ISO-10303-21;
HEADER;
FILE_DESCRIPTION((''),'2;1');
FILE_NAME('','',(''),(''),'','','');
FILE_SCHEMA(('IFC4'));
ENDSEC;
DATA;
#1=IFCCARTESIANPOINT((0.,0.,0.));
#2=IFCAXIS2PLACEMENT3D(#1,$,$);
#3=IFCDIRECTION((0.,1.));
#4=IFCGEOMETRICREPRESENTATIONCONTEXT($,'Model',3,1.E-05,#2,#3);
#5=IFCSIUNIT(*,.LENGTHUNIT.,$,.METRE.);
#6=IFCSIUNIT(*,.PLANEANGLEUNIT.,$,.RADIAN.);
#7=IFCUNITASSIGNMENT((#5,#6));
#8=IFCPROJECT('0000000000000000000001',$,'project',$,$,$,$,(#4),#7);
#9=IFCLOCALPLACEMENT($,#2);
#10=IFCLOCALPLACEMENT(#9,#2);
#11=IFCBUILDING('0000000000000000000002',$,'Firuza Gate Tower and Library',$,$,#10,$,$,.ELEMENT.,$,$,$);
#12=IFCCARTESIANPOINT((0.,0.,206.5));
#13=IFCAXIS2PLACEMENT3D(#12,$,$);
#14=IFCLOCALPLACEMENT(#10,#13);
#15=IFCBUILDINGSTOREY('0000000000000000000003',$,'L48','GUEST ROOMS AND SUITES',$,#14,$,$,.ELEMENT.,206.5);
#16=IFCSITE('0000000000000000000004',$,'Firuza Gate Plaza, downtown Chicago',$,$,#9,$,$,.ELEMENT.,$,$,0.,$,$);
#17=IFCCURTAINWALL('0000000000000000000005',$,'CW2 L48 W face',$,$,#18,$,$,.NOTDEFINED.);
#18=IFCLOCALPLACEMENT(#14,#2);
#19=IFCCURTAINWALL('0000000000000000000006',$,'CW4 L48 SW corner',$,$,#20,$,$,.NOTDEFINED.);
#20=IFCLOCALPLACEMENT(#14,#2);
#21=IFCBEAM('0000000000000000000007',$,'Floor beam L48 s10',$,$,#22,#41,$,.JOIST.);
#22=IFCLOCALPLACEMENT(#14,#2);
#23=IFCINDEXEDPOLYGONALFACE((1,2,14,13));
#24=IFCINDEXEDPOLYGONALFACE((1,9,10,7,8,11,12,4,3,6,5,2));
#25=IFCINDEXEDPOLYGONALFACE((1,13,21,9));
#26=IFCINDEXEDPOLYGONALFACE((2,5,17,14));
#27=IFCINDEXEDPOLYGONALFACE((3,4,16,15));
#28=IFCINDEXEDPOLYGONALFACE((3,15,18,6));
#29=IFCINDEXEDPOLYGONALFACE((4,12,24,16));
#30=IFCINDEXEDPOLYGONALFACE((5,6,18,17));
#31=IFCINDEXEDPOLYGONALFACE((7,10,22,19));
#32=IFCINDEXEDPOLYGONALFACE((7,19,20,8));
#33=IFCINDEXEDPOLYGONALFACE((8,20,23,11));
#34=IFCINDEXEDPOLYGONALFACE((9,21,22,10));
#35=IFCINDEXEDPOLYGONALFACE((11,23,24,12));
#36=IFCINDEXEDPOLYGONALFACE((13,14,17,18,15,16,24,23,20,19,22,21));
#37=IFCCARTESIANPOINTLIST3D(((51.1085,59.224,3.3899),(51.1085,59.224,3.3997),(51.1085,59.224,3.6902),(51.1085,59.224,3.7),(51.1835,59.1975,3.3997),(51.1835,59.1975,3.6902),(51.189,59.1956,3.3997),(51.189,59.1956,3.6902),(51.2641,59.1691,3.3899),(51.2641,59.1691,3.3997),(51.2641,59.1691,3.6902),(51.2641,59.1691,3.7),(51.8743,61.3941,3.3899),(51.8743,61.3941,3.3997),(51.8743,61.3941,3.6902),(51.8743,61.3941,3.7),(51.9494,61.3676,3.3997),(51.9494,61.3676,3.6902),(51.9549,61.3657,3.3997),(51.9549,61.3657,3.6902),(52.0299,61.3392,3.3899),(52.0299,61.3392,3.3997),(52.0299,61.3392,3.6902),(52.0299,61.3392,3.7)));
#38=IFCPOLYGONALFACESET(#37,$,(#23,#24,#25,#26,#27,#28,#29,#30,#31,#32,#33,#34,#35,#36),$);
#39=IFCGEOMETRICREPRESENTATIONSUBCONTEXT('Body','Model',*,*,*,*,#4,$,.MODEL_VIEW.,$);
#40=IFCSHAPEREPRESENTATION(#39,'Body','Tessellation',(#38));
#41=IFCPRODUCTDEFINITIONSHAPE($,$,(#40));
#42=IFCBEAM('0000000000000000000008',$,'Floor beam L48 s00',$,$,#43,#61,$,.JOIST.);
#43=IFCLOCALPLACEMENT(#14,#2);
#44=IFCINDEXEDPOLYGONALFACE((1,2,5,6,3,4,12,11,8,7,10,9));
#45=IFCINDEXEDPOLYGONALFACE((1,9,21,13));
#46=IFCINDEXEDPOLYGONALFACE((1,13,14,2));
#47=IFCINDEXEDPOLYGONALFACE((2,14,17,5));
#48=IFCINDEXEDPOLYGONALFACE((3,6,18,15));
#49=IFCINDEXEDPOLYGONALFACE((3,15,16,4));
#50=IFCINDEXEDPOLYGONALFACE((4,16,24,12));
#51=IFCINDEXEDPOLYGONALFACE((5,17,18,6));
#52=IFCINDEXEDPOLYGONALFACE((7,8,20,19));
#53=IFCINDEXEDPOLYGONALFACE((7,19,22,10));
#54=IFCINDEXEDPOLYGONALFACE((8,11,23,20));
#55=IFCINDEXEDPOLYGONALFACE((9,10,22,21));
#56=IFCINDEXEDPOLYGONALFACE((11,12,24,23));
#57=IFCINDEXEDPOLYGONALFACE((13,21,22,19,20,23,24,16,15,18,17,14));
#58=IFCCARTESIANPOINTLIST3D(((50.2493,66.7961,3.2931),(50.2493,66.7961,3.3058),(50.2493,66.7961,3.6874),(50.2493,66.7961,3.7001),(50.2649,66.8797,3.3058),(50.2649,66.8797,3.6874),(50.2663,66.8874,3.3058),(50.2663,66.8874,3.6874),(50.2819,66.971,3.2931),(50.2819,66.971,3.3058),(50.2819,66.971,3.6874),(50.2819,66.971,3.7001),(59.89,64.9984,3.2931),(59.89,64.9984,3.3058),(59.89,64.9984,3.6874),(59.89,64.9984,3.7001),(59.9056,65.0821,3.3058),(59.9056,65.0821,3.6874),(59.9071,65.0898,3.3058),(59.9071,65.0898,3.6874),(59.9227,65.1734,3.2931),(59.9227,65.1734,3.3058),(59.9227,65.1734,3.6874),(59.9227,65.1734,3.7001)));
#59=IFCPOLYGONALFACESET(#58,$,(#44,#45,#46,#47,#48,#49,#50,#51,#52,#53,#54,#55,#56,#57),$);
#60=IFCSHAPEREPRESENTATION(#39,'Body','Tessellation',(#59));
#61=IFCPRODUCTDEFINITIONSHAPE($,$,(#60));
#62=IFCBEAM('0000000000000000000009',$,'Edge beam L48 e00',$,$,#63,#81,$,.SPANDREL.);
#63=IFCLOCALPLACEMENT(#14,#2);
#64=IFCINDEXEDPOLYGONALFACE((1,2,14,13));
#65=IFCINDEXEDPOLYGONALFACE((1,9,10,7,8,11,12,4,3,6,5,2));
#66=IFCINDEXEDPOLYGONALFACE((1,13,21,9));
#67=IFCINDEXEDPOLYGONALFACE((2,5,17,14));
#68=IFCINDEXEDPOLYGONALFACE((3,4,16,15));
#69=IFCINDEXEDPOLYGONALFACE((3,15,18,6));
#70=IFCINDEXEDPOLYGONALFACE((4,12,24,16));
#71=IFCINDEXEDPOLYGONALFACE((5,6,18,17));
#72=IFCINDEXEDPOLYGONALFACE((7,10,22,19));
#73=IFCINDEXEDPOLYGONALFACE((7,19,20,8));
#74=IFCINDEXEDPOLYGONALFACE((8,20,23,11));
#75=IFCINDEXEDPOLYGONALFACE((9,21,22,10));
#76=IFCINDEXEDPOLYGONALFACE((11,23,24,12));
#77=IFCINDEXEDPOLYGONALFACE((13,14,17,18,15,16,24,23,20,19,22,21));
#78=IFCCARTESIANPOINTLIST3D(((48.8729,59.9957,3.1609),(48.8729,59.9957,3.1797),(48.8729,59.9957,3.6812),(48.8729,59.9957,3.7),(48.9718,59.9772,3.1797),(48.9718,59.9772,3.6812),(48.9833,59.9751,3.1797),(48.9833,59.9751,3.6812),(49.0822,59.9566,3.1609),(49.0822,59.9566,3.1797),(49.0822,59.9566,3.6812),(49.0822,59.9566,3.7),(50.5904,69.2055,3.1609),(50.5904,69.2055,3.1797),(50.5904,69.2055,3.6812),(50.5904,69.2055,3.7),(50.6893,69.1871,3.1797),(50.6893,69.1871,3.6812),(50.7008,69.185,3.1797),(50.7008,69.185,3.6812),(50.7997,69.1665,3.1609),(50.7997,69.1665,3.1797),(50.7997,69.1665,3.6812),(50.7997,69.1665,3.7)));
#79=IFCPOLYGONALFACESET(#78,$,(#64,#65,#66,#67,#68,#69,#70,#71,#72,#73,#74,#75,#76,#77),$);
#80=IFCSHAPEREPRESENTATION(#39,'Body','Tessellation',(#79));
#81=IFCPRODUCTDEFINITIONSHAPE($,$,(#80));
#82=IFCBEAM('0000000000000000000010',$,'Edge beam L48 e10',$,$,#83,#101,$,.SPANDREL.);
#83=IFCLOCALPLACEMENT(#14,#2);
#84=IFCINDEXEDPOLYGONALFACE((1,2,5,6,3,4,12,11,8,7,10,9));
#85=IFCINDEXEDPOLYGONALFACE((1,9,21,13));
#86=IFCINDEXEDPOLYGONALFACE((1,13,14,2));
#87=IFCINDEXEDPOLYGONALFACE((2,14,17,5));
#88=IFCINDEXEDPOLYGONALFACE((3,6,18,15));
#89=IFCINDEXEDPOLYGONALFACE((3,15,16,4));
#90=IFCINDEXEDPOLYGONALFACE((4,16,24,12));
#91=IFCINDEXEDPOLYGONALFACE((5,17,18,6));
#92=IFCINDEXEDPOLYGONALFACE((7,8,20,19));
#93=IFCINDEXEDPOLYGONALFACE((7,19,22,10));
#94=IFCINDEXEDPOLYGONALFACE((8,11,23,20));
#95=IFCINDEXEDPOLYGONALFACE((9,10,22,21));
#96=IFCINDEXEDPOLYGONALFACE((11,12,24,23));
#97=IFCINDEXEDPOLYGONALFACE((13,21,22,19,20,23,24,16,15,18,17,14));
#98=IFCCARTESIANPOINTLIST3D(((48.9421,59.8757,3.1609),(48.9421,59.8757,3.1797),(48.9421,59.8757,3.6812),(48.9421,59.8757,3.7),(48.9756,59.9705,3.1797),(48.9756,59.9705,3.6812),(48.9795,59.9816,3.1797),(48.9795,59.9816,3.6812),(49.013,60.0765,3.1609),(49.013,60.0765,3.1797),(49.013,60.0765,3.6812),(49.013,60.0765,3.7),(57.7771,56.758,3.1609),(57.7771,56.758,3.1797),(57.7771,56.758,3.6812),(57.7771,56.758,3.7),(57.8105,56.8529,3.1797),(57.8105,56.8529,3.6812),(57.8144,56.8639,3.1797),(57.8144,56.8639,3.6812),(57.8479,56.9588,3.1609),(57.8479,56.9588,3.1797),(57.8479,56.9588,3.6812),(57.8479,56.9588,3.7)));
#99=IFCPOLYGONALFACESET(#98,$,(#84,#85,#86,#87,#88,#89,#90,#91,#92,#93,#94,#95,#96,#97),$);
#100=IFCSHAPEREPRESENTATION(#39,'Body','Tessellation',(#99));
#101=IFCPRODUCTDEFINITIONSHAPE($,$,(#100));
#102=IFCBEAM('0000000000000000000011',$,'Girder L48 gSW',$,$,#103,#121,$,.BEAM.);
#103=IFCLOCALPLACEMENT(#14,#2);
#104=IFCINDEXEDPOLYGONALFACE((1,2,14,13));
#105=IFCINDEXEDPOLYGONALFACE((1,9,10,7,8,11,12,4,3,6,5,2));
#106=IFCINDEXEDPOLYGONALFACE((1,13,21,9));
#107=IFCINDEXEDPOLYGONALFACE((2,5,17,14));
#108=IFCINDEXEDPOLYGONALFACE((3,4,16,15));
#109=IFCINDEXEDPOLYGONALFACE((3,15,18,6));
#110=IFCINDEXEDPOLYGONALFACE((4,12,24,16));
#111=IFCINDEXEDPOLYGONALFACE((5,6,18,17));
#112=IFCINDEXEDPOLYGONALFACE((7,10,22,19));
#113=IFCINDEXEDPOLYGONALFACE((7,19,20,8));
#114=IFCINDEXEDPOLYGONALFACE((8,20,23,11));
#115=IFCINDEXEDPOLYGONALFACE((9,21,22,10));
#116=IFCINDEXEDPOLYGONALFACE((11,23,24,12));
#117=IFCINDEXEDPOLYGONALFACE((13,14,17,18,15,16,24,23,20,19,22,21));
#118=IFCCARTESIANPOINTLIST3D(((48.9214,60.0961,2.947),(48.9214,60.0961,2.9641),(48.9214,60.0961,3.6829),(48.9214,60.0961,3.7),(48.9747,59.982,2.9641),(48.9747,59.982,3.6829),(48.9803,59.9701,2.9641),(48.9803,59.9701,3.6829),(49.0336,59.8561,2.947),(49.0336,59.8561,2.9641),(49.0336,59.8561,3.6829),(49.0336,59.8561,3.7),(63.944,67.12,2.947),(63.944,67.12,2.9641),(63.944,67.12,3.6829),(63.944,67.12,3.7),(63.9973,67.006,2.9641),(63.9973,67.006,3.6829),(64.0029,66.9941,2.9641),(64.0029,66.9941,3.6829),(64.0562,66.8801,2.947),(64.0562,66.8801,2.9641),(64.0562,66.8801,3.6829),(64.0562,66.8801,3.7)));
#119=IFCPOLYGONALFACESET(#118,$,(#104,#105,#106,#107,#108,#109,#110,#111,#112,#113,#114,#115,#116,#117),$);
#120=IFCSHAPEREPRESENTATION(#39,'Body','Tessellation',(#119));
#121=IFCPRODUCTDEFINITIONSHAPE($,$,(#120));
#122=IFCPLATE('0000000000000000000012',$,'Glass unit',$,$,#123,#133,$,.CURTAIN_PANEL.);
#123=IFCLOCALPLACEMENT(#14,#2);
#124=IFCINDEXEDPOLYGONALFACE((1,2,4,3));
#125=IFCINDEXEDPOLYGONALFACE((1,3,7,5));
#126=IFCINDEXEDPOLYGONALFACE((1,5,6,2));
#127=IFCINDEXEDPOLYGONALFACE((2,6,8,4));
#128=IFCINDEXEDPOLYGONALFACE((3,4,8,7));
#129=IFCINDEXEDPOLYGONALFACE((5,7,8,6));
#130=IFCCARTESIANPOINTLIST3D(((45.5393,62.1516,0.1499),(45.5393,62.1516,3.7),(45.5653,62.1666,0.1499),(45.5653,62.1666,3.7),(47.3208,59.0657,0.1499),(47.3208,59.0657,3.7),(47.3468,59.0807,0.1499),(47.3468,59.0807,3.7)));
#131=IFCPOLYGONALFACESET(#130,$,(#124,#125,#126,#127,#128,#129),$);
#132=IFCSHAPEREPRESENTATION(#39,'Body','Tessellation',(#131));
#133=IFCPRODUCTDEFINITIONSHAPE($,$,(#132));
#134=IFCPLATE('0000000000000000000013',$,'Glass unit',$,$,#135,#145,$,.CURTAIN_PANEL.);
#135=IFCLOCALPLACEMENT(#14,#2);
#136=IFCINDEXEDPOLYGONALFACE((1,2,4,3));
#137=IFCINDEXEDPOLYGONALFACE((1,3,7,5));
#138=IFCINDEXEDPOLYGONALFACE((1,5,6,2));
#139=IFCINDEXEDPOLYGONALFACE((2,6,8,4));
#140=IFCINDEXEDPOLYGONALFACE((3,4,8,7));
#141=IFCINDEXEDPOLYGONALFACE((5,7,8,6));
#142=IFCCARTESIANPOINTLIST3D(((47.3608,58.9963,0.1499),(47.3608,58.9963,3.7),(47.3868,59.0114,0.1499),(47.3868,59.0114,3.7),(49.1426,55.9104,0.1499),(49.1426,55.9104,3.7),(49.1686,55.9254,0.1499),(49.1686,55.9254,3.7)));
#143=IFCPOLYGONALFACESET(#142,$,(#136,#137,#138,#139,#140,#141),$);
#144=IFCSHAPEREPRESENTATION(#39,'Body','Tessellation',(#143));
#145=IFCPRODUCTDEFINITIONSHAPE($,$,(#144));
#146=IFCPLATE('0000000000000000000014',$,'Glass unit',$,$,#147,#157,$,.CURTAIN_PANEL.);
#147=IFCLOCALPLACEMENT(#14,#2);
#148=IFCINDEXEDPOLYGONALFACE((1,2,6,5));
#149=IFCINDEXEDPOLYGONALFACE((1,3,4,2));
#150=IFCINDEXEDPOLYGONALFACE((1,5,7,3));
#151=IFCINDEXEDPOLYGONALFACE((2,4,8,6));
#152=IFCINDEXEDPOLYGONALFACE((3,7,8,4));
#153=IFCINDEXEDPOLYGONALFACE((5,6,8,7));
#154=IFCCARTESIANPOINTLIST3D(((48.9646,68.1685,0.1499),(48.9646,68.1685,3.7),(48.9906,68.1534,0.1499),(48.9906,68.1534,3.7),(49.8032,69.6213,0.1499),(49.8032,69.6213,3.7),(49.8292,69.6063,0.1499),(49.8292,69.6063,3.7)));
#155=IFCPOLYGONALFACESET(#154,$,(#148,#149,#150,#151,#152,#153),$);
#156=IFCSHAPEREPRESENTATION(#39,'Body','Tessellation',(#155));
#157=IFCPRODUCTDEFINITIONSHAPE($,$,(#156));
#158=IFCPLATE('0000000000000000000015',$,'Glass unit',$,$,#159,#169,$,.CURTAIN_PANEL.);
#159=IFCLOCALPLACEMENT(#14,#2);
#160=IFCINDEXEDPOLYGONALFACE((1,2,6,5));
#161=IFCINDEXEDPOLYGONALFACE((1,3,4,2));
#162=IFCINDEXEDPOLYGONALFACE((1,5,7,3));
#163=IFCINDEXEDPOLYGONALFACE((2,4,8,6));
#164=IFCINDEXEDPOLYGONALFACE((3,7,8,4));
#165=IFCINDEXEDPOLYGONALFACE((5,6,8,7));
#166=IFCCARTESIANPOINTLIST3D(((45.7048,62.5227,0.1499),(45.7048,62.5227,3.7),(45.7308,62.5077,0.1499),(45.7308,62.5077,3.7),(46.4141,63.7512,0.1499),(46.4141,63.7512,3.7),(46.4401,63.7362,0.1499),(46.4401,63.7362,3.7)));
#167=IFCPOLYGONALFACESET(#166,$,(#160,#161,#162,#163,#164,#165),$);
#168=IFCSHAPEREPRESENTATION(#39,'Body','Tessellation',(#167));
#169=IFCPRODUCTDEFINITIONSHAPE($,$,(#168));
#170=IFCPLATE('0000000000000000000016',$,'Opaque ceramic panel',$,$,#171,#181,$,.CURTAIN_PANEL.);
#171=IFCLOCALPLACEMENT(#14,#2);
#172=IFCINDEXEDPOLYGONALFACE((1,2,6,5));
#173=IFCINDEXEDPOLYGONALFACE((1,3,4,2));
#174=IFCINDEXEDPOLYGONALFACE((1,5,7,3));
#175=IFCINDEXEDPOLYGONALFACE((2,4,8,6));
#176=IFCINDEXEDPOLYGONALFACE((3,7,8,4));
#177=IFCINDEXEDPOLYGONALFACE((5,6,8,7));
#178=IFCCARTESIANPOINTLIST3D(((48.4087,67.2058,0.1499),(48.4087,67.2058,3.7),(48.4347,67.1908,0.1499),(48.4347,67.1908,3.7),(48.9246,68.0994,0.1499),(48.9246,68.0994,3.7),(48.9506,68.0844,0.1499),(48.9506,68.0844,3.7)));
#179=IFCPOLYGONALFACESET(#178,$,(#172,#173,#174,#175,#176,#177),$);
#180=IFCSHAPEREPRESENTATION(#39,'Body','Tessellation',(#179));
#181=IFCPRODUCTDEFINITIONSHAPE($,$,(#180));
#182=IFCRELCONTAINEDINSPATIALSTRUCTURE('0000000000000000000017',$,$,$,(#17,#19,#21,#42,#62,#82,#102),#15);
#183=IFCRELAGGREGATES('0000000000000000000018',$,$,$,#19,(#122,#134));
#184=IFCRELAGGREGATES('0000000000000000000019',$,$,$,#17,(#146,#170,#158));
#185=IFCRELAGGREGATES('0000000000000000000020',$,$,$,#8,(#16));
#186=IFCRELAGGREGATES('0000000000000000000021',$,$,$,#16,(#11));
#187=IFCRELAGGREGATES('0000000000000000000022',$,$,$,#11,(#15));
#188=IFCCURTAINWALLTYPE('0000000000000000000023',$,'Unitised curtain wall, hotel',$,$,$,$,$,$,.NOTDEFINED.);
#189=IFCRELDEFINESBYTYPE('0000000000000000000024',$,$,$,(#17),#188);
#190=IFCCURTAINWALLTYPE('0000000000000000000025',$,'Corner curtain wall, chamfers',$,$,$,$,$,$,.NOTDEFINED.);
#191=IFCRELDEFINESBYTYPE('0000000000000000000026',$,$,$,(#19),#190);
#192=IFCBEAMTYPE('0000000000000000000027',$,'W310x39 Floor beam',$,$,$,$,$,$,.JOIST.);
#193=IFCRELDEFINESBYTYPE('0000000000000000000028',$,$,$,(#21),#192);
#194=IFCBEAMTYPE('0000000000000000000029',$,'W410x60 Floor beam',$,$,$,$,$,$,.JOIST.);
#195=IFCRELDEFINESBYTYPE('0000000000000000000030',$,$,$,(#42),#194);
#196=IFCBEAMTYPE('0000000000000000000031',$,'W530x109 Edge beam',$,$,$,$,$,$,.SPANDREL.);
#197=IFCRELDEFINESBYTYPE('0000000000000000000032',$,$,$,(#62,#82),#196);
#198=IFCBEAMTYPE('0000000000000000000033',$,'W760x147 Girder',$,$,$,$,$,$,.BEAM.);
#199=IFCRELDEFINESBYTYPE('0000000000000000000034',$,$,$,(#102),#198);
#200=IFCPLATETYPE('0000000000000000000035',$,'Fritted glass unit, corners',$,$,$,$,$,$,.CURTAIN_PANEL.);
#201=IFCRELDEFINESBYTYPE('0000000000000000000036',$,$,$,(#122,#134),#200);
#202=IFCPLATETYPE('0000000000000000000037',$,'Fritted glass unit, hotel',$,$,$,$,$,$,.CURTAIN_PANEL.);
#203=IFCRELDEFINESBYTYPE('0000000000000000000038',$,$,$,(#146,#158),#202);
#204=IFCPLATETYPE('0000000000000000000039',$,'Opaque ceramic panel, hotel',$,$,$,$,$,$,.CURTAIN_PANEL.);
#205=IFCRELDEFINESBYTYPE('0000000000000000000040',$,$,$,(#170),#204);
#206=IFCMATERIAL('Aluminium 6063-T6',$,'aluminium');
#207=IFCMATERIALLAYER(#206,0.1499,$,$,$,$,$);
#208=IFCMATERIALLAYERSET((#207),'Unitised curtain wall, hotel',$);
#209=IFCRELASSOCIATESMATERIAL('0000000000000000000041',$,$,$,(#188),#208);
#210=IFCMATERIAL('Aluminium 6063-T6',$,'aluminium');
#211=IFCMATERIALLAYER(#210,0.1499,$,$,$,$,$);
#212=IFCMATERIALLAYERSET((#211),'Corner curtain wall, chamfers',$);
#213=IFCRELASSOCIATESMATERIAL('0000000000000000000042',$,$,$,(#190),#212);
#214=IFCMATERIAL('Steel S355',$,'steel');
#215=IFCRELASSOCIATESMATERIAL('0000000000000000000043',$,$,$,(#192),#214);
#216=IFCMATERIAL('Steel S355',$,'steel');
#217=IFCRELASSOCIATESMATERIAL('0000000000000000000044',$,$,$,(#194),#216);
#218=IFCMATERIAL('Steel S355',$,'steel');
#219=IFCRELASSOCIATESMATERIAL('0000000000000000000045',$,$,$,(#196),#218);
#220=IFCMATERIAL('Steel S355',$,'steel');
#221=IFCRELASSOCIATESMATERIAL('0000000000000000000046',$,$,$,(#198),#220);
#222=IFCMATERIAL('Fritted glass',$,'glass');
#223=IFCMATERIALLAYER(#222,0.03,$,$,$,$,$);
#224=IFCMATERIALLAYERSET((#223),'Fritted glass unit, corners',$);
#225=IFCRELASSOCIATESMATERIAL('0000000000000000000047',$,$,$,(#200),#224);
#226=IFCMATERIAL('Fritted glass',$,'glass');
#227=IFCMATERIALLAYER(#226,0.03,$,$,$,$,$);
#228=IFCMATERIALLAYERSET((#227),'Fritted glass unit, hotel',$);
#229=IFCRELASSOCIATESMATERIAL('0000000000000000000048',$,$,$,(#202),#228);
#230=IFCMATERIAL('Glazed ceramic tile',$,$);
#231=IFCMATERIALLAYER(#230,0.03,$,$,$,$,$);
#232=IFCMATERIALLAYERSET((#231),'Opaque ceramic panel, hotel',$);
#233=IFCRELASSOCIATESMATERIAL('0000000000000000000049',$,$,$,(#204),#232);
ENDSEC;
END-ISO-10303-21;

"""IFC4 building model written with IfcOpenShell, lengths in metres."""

from ifc_helpers import new_model, si_unit, direction, frame, origin, origin_2d, place, context, subcontext, project, spatial, polyline, i_section, outline, extrude, material, layer, layer_set, material_profile, profile_set, type_object, element, aggregate, save


model = new_model("IFC4")

# Units and contexts
model_context = context("Model", 3, precision=1e-05, world=origin(), true_north=direction((0.0, 1.0)))
body_context = subcontext(model_context, "Body", "Model", "MODEL_VIEW")
ifc_project = project(units=[si_unit("LENGTHUNIT", "METRE"), si_unit("PLANEANGLEUNIT", "RADIAN")], contexts=[model_context])

# Site, building, storey
site_placement = place(None, origin())
site = spatial("IfcSite", under=ifc_project, at=site_placement, Name="Firuza Gate Plaza, downtown Chicago", CompositionType="ELEMENT", RefElevation=0.0)
building_placement = place(site_placement, origin())
building = spatial("IfcBuilding", under=site, at=building_placement, Name="Firuza Gate Tower and Library", CompositionType="ELEMENT")
storey_placement = place(building_placement, frame((0.0, 0.0, 206.5)))
storey = spatial("IfcBuildingStorey", under=building, at=storey_placement, Name="L48", Description="GUEST ROOMS AND SUITES", CompositionType="ELEMENT", Elevation=206.5)

# Curtain walls
ifc_material_1 = material(Name="Aluminium 6063-T6", Category="aluminium")
ifc_layer_1 = layer(ifc_material_1, 0.1499)
ifc_layer_set_1 = layer_set([ifc_layer_1], Name="Unitised curtain wall, hotel")
curtain_wall_type_1 = type_object("IfcCurtainWallType", Name="Unitised curtain wall, hotel", PredefinedType="NOTDEFINED", material=ifc_layer_set_1)
placement = place(storey_placement, origin())
curtain_wall_1 = element("IfcCurtainWall", 1, at=placement, inside=storey, type_object=curtain_wall_type_1, Name="CW2 L48 W face", PredefinedType="NOTDEFINED")
ifc_material_2 = material(Name="Aluminium 6063-T6", Category="aluminium")
ifc_layer_2 = layer(ifc_material_2, 0.1499)
ifc_layer_set_2 = layer_set([ifc_layer_2], Name="Corner curtain wall, chamfers")
curtain_wall_type_2 = type_object("IfcCurtainWallType", Name="Corner curtain wall, chamfers", PredefinedType="NOTDEFINED", material=ifc_layer_set_2)
curtain_wall_2 = element("IfcCurtainWall", 2, at=placement, inside=storey, type_object=curtain_wall_type_2, Name="CW4 L48 SW corner", PredefinedType="NOTDEFINED")

# Beams
ifc_material_3 = material(Name="Steel S355", Category="steel")
ifc_material_profile_1 = material_profile(ifc_material_3, i_section(OverallWidth=0.165, OverallDepth=0.3101, WebThickness=0.0059, FlangeThickness=0.0098, at=origin_2d()))
ifc_profile_set_1 = profile_set([ifc_material_profile_1], Name="Steel S355")
beam_type_1 = type_object("IfcBeamType", Name="W310x39 Floor beam", PredefinedType="JOIST", material=ifc_profile_set_1)
beam_1_placement = place(storey_placement, frame((51.1863, 59.1965, 3.5449), z_axis=(0.332792, 0.943, 0.0), x_axis=(-0.943, 0.332792, 0.0)))
element("IfcBeam", 3, at=beam_1_placement, inside=storey, type_object=beam_type_1, Name="Floor beam L48 s10", PredefinedType="JOIST", context=body_context, shape_type="SweptSolid", body=[
    extrude(i_section(OverallWidth=0.165, OverallDepth=0.3101, WebThickness=0.0059, FlangeThickness=0.0098, at=origin_2d()), origin(), (0.0, 0.0, 1.0), 2.3013),
])
ifc_material_4 = material(Name="Steel S355", Category="steel")
ifc_material_profile_2 = material_profile(ifc_material_4, i_section(OverallWidth=0.178, OverallDepth=0.407, WebThickness=0.0078, FlangeThickness=0.0127, at=origin_2d()))
ifc_profile_set_2 = profile_set([ifc_material_profile_2], Name="Steel S355")
beam_type_2 = type_object("IfcBeamType", Name="W410x60 Floor beam", PredefinedType="JOIST", material=ifc_profile_set_2)
beam_2_placement = place(storey_placement, frame((50.2656, 66.8835, 3.4966), z_axis=(0.983057, -0.183302, 0.0), x_axis=(0.183302, 0.983057, 0.0)))
element("IfcBeam", 4, at=beam_2_placement, inside=storey, type_object=beam_type_2, Name="Floor beam L48 s00", PredefinedType="JOIST", context=body_context, shape_type="SweptSolid", body=[
    extrude(i_section(OverallWidth=0.178, OverallDepth=0.407, WebThickness=0.0078, FlangeThickness=0.0127, at=origin_2d()), origin(), (0.0, 0.0, 1.0), 9.8069),
])
ifc_material_5 = material(Name="Steel S355", Category="steel")
ifc_material_profile_3 = material_profile(ifc_material_5, i_section(OverallWidth=0.2129, OverallDepth=0.5391, WebThickness=0.0117, FlangeThickness=0.0188, at=origin_2d()))
ifc_profile_set_3 = profile_set([ifc_material_profile_3], Name="Steel S355")
beam_type_3 = type_object("IfcBeamType", Name="W530x109 Edge beam", PredefinedType="SPANDREL", material=ifc_profile_set_3)
beam_3_placement = place(storey_placement, frame((50.6951, 69.186, 3.4304), z_axis=(-0.183326, -0.983052, 0.0), x_axis=(0.983052, -0.183326, 0.0)))
element("IfcBeam", 5, at=beam_3_placement, inside=storey, type_object=beam_type_3, Name="Edge beam L48 e00", PredefinedType="SPANDREL", context=body_context, shape_type="SweptSolid", body=[
    extrude(i_section(OverallWidth=0.2129, OverallDepth=0.5391, WebThickness=0.0117, FlangeThickness=0.0188, at=origin_2d()), origin(), (0.0, 0.0, 1.0), 9.3687),
])
beam_4_placement = place(storey_placement, frame((48.9775, 59.9761, 3.4304), z_axis=(0.943009, -0.332768, 0.0), x_axis=(0.332768, 0.943009, 0.0)))
element("IfcBeam", 6, at=beam_4_placement, inside=storey, type_object=beam_type_3, Name="Edge beam L48 e10", PredefinedType="SPANDREL", context=body_context, shape_type="SweptSolid", body=[
    extrude(i_section(OverallWidth=0.2129, OverallDepth=0.5391, WebThickness=0.0117, FlangeThickness=0.0188, at=origin_2d()), origin(), (0.0, 0.0, 1.0), 9.3689),
])
ifc_material_6 = material(Name="Steel S355", Category="steel")
ifc_material_profile_4 = material_profile(ifc_material_6, i_section(OverallWidth=0.2649, OverallDepth=0.7529, WebThickness=0.0132, FlangeThickness=0.0171, at=origin_2d()))
ifc_profile_set_4 = profile_set([ifc_material_profile_4], Name="Steel S355")
beam_type_4 = type_object("IfcBeamType", Name="W760x147 Girder", PredefinedType="BEAM", material=ifc_profile_set_4)
beam_5_placement = place(storey_placement, frame((48.9775, 59.9761, 3.3235), z_axis=(0.905872, 0.423551, 0.0), x_axis=(-0.423551, 0.905872, 0.0)))
element("IfcBeam", 7, at=beam_5_placement, inside=storey, type_object=beam_type_4, Name="Girder L48 gSW", PredefinedType="BEAM", context=body_context, shape_type="SweptSolid", body=[
    extrude(i_section(OverallWidth=0.2649, OverallDepth=0.7529, WebThickness=0.0132, FlangeThickness=0.0171, at=origin_2d()), origin(), (0.0, 0.0, 1.0), 16.5835),
])

# Plates
ifc_material_7 = material(Name="Fritted glass", Category="glass")
ifc_layer_3 = layer(ifc_material_7, 0.03)
ifc_layer_set_3 = layer_set([ifc_layer_3], Name="Fritted glass unit, corners")
plate_type_1 = type_object("IfcPlateType", Name="Fritted glass unit, corners", PredefinedType="CURTAIN_PANEL", material=ifc_layer_set_3)
plate_1_placement = place(storey_placement, frame((45.5393, 62.1516, 0.1499), z_axis=(-0.866046, -0.499964, 0.0), x_axis=(0.499964, -0.866046, 0.0)))
plate_1 = element("IfcPlate", 8, at=plate_1_placement, type_object=plate_type_1, Name="Glass unit", PredefinedType="CURTAIN_PANEL", context=body_context, shape_type="SweptSolid", body=[
    extrude(outline(polyline([(0.0, 0.0), (3.5632, 0.0), (3.5632, 3.55), (0.0, 3.55), (0.0, 0.0)])), origin(), (0.0, 0.0, -1.0), 0.03),
])
plate_2_placement = place(storey_placement, frame((47.3608, 58.9963, 0.1499), z_axis=(-0.866017, -0.500015, 0.0), x_axis=(0.500015, -0.866017, 0.0)))
plate_2 = element("IfcPlate", 9, at=plate_2_placement, type_object=plate_type_1, Name="Glass unit", PredefinedType="CURTAIN_PANEL", context=body_context, shape_type="SweptSolid", body=[
    extrude(outline(polyline([(0.0, 0.0), (3.5634, 0.0), (3.5634, 3.55), (0.0, 3.55), (0.0, 0.0)])), origin(), (0.0, 0.0, -1.0), 0.03),
])
aggregate(curtain_wall_2, [plate_1, plate_2])
ifc_material_8 = material(Name="Fritted glass", Category="glass")
ifc_layer_4 = layer(ifc_material_8, 0.03)
ifc_layer_set_4 = layer_set([ifc_layer_4], Name="Fritted glass unit, hotel")
plate_type_2 = type_object("IfcPlateType", Name="Fritted glass unit, hotel", PredefinedType="CURTAIN_PANEL", material=ifc_layer_set_4)
plate_3_placement = place(storey_placement, frame((49.8032, 69.6213, 0.1499), z_axis=(-0.866077, 0.499911, 0.0), x_axis=(-0.499911, -0.866077, 0.0)))
plate_3 = element("IfcPlate", 10, at=plate_3_placement, type_object=plate_type_2, Name="Glass unit", PredefinedType="CURTAIN_PANEL", context=body_context, shape_type="SweptSolid", body=[
    extrude(outline(polyline([(0.0, 0.0), (1.6775, 0.0), (1.6775, 3.55), (0.0, 3.55), (0.0, 0.0)])), origin(), (0.0, 0.0, -1.0), 0.03),
])
plate_4_placement = place(storey_placement, frame((46.4141, 63.7512, 0.1499), z_axis=(-0.866042, 0.499971, 0.0), x_axis=(-0.499971, -0.866042, 0.0)))
plate_4 = element("IfcPlate", 11, at=plate_4_placement, type_object=plate_type_2, Name="Glass unit", PredefinedType="CURTAIN_PANEL", context=body_context, shape_type="SweptSolid", body=[
    extrude(outline(polyline([(0.0, 0.0), (1.4185, 0.0), (1.4185, 3.55), (0.0, 3.55), (0.0, 0.0)])), origin(), (0.0, 0.0, -1.0), 0.03),
])
ifc_material_9 = material(Name="Glazed ceramic tile")
ifc_layer_5 = layer(ifc_material_9, 0.03)
ifc_layer_set_5 = layer_set([ifc_layer_5], Name="Opaque ceramic panel, hotel")
plate_type_3 = type_object("IfcPlateType", Name="Opaque ceramic panel, hotel", PredefinedType="CURTAIN_PANEL", material=ifc_layer_set_5)
plate_5_placement = place(storey_placement, frame((48.9246, 68.0994, 0.1499), z_axis=(-0.866036, 0.499982, 0.0), x_axis=(-0.499982, -0.866036, 0.0)))
plate_5 = element("IfcPlate", 12, at=plate_5_placement, type_object=plate_type_3, Name="Opaque ceramic panel", PredefinedType="CURTAIN_PANEL", context=body_context, shape_type="SweptSolid", body=[
    extrude(outline(polyline([(0.0, 0.0), (1.0318, 0.0), (1.0318, 3.55), (0.0, 3.55), (0.0, 0.0)])), origin(), (0.0, 0.0, -1.0), 0.03),
])
aggregate(curtain_wall_1, [plate_3, plate_5, plate_4])

save(model, "model.ifc")
